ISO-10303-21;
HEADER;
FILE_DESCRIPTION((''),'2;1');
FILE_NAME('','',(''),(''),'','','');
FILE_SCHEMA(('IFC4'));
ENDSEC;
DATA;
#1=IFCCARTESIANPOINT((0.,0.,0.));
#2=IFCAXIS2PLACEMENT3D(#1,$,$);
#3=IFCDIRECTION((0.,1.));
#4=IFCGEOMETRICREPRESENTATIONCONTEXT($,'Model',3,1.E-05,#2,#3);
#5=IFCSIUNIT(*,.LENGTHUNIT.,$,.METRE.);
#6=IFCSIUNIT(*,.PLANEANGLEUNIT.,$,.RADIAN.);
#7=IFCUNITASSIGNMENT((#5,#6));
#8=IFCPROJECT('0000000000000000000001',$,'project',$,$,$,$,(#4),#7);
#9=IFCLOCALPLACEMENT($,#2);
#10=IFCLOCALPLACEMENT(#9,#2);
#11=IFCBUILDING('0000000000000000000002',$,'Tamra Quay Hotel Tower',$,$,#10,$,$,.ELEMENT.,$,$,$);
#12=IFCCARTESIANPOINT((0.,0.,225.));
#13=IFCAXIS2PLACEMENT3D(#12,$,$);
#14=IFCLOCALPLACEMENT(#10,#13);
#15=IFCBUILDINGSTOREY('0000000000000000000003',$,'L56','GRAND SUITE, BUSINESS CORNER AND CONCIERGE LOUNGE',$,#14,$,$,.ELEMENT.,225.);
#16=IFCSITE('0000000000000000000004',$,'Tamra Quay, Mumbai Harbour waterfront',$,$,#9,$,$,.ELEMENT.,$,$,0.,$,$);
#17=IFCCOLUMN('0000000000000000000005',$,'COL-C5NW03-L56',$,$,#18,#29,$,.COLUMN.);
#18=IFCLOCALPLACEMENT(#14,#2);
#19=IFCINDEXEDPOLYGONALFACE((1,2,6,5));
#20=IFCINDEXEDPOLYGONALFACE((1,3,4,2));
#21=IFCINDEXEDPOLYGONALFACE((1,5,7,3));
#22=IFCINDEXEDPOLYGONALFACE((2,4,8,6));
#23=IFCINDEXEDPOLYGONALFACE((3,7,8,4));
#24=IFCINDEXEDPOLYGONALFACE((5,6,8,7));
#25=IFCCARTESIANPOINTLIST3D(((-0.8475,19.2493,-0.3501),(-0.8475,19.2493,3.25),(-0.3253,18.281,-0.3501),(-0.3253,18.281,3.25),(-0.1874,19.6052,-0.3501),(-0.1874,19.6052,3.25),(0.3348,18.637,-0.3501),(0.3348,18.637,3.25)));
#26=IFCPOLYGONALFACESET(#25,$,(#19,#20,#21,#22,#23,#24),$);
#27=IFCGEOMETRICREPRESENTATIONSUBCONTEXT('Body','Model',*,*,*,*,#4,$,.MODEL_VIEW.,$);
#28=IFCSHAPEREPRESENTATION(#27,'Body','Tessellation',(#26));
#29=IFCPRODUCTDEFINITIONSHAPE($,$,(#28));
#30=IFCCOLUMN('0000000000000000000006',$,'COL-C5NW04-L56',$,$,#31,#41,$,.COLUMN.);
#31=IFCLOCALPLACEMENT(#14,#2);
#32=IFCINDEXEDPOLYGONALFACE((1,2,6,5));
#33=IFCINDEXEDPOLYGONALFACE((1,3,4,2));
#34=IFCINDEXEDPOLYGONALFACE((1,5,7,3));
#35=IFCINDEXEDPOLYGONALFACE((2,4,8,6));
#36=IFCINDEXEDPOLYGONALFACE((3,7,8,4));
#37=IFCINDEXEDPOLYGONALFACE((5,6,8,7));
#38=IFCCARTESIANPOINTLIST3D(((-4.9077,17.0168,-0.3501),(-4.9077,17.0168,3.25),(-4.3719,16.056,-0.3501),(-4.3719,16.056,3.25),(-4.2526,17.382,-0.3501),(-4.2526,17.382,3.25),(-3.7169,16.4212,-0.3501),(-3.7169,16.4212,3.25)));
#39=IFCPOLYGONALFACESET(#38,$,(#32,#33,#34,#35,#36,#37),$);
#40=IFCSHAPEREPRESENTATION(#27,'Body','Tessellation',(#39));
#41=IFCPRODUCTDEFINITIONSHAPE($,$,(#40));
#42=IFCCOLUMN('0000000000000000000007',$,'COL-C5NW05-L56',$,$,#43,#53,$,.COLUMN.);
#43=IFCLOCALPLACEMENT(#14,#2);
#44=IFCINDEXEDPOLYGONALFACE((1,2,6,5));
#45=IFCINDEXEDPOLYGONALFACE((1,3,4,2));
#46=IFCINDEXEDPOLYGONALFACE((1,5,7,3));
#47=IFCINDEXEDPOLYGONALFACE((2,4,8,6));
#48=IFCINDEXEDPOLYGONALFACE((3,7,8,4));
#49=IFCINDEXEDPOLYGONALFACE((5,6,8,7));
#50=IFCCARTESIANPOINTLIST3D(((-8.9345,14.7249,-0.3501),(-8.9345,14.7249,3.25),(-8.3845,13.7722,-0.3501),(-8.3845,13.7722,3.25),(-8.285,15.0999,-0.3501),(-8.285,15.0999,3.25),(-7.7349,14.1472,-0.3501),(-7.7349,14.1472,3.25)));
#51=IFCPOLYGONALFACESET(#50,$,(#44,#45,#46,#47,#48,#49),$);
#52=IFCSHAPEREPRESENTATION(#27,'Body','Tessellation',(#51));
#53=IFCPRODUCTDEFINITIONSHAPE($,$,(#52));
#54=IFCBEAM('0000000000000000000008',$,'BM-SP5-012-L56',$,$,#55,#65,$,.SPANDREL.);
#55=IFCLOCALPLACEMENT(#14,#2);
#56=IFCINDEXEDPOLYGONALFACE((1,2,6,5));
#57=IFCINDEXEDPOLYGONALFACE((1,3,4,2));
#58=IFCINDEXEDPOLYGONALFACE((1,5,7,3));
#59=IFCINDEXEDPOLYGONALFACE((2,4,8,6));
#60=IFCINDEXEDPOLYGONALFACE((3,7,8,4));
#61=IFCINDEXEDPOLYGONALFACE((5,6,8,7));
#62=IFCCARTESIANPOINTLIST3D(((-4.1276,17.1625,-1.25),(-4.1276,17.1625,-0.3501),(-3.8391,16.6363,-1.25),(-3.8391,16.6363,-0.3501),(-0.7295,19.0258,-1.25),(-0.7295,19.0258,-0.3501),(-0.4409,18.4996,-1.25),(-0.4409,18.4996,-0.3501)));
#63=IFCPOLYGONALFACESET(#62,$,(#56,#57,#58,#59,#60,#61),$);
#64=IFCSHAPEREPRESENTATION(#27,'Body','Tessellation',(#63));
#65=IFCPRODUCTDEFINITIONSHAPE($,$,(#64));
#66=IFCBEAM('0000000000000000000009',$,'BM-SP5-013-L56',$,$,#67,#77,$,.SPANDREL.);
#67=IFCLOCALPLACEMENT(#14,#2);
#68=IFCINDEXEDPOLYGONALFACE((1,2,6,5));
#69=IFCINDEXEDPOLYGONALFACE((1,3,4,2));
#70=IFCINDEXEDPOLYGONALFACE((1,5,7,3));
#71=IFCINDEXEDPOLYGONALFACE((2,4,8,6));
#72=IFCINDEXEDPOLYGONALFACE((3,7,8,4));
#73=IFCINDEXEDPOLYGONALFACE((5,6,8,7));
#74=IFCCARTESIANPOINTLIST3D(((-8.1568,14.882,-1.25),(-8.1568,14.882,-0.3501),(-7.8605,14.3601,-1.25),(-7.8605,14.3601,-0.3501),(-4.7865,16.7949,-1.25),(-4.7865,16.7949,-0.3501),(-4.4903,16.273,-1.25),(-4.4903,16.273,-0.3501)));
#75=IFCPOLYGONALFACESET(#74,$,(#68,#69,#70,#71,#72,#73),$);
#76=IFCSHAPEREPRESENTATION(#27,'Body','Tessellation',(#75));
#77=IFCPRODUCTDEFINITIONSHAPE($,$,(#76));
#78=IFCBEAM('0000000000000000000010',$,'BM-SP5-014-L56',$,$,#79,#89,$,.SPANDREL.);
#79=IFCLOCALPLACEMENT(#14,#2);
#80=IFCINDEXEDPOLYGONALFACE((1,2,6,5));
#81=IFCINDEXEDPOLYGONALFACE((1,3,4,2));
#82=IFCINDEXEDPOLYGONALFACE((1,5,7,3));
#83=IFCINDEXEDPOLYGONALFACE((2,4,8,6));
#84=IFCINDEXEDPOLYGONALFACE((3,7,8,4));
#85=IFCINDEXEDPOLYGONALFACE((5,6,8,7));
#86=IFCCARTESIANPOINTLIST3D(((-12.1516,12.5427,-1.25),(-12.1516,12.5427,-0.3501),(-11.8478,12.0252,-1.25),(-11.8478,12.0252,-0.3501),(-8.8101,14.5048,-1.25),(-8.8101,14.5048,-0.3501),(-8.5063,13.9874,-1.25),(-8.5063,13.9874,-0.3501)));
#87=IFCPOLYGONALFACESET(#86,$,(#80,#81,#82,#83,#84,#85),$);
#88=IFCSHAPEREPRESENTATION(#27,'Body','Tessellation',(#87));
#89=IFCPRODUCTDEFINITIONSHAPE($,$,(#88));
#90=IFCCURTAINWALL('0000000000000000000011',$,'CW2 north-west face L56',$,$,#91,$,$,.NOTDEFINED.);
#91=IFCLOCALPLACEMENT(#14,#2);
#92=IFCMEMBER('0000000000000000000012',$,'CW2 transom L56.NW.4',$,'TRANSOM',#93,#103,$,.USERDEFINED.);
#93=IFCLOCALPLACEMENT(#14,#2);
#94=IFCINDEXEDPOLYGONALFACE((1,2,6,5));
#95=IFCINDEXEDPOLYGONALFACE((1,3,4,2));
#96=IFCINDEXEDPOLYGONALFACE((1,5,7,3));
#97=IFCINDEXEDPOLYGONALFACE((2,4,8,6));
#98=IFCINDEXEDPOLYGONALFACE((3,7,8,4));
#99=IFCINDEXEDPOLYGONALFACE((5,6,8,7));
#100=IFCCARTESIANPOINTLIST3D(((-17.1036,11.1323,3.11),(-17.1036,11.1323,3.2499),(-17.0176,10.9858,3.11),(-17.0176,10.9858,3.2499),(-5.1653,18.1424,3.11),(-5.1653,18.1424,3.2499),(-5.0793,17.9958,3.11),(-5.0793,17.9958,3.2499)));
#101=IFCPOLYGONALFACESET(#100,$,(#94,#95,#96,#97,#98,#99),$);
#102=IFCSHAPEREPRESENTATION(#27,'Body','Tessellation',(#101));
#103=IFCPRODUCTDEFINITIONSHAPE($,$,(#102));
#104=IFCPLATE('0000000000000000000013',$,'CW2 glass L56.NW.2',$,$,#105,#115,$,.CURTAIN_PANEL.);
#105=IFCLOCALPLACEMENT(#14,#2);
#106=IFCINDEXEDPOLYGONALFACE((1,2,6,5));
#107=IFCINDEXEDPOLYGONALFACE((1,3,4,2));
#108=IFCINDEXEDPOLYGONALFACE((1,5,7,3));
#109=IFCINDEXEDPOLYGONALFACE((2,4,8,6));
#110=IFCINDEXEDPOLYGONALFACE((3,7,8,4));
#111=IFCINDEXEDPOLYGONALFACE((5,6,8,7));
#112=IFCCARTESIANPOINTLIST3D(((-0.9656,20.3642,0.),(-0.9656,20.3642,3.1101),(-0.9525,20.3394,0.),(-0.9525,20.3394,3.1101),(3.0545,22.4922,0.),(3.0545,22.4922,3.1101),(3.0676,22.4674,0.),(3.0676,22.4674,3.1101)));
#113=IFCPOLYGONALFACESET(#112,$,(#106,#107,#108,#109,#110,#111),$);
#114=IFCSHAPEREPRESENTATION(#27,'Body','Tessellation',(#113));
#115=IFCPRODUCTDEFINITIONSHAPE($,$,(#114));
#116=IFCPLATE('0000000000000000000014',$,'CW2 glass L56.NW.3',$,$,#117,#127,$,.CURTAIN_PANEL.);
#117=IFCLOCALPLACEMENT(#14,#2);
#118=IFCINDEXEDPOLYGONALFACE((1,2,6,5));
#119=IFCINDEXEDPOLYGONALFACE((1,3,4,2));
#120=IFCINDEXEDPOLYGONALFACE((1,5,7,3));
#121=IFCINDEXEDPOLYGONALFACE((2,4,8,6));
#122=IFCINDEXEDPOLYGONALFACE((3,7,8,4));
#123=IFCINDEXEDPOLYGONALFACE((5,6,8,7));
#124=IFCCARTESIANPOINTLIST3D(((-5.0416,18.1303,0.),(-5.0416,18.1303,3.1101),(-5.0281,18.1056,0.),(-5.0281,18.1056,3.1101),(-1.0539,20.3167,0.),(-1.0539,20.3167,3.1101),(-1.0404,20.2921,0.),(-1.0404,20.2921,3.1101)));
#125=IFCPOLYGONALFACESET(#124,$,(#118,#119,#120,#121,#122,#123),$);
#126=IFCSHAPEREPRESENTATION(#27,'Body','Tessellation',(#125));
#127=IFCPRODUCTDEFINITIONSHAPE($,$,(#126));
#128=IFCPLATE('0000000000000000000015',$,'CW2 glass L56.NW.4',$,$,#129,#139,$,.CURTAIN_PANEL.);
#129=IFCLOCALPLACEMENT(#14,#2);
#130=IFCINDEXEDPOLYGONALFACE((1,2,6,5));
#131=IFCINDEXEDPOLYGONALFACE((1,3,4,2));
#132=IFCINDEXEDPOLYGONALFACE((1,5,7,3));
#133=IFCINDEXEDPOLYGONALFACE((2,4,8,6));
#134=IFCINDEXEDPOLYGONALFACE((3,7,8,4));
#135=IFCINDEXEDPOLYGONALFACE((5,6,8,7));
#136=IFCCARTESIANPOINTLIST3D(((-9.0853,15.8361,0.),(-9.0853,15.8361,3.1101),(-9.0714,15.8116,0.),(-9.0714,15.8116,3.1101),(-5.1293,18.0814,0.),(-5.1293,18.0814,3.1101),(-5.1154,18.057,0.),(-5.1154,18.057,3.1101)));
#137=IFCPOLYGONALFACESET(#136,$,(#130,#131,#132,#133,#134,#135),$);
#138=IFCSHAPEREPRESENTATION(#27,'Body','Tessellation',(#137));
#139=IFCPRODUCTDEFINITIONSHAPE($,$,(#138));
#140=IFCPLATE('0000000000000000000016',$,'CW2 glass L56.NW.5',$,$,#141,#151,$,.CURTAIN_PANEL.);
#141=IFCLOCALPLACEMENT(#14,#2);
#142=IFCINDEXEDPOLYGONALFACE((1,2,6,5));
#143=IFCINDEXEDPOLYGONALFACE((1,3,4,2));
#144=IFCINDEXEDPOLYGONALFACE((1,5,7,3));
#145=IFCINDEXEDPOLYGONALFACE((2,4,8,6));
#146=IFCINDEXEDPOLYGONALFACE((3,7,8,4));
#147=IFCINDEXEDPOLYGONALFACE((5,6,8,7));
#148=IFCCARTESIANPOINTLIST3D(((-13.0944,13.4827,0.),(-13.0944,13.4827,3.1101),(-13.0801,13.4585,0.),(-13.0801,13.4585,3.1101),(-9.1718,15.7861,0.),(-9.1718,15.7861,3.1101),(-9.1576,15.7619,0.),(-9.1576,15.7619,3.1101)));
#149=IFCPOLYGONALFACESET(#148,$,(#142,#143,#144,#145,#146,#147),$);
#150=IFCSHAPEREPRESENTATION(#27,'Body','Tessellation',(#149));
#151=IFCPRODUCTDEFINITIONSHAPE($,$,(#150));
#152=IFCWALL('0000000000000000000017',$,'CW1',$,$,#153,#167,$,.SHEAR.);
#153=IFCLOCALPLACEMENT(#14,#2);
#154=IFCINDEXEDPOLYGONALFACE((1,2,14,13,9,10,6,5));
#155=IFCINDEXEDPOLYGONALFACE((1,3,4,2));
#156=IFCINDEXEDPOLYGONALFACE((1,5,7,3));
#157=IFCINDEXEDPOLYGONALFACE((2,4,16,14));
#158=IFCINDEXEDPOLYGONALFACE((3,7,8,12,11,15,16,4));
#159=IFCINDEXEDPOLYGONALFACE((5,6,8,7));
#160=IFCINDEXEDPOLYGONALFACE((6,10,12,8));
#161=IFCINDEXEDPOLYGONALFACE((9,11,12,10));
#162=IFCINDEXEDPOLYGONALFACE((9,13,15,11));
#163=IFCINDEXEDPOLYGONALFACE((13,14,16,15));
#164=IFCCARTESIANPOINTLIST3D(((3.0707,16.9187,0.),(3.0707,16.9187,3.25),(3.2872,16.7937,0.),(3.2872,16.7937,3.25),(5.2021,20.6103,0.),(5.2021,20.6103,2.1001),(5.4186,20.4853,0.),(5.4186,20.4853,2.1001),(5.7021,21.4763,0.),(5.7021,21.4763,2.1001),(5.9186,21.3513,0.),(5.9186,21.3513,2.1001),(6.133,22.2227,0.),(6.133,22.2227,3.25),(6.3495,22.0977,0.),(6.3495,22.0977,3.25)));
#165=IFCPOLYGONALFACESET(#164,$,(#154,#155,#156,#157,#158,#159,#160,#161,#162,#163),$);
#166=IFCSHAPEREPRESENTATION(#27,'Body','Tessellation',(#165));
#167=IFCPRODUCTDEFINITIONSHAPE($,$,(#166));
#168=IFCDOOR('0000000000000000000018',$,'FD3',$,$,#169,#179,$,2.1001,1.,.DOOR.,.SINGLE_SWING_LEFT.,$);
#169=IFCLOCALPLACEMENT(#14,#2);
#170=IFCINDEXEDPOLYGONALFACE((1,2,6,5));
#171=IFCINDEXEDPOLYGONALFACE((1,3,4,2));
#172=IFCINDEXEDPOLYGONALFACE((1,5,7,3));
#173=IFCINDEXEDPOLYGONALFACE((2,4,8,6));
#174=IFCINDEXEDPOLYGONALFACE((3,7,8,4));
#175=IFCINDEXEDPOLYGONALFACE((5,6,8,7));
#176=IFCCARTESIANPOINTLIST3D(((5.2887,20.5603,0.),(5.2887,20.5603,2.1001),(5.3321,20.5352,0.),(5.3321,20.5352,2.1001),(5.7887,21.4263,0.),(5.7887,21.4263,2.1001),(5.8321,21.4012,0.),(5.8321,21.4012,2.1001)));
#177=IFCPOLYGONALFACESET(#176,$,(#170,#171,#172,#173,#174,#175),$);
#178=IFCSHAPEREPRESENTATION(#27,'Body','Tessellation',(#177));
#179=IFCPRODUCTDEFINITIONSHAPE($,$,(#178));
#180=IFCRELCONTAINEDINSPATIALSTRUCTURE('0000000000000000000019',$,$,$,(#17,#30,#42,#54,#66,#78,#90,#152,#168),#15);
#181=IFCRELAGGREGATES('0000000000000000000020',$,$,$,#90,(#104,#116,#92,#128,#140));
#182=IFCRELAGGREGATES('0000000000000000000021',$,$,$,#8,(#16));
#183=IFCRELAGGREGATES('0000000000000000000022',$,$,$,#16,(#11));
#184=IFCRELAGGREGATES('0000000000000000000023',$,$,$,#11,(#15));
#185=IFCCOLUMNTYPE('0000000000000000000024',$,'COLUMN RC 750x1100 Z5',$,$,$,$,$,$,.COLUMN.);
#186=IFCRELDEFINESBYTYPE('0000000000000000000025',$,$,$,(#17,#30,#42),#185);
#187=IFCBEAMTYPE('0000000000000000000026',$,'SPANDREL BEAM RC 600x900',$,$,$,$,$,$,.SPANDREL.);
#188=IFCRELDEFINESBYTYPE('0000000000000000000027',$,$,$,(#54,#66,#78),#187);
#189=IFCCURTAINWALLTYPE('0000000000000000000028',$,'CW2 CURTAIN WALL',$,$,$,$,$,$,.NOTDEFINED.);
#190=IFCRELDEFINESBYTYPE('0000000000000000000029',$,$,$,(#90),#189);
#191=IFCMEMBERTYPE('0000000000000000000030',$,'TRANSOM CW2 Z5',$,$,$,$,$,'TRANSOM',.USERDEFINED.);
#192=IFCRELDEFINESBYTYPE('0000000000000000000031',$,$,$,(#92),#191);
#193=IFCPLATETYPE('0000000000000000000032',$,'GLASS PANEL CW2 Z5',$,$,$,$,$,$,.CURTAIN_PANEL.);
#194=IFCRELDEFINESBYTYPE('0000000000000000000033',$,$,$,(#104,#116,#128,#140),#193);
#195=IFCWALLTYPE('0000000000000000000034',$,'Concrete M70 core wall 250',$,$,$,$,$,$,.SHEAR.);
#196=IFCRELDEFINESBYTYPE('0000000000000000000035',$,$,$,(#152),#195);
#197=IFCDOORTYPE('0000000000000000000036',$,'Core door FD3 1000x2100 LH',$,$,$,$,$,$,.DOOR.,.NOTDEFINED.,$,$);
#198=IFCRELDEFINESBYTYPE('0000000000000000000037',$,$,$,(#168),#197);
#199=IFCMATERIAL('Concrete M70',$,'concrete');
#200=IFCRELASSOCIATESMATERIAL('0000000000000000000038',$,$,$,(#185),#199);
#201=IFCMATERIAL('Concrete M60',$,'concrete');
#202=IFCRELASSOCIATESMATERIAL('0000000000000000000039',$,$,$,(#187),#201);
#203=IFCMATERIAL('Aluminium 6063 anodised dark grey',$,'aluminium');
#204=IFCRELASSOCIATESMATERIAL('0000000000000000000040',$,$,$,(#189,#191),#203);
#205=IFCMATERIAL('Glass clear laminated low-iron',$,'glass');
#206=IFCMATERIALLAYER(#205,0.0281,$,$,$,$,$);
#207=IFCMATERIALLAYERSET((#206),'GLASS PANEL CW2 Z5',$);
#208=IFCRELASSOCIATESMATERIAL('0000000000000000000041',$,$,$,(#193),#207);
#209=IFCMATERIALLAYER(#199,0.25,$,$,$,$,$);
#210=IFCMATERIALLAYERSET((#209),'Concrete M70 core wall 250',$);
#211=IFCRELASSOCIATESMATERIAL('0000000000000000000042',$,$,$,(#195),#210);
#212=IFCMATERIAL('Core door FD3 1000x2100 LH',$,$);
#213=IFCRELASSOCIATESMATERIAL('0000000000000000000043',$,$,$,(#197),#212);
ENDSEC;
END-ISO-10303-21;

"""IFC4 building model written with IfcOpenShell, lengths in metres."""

from ifc_helpers import new_model, si_unit, direction, frame, frame_2d, origin, origin_2d, place, context, subcontext, project, spatial, rectangle, extrude, material, layer, layer_set, material_profile, profile_set, type_object, element, fill, aggregate, save


model = new_model("IFC4")

# Units and contexts
model_context = context("Model", 3, precision=1e-05, world=origin(), true_north=direction((0.0, 1.0)))
body_context = subcontext(model_context, "Body", "Model", "MODEL_VIEW")
ifc_project = project(units=[si_unit("LENGTHUNIT", "METRE"), si_unit("PLANEANGLEUNIT", "RADIAN")], contexts=[model_context])

# Site, building, storey
site_placement = place(None, origin())
site = spatial("IfcSite", under=ifc_project, at=site_placement, Name="Tamra Quay, Mumbai Harbour waterfront", CompositionType="ELEMENT", RefElevation=0.0)
building_placement = place(site_placement, origin())
building = spatial("IfcBuilding", under=site, at=building_placement, Name="Tamra Quay Hotel Tower", CompositionType="ELEMENT")
storey_placement = place(building_placement, frame((0.0, 0.0, 225.0)))
storey = spatial("IfcBuildingStorey", under=building, at=storey_placement, Name="L56", Description="GRAND SUITE, BUSINESS CORNER AND CONCIERGE LOUNGE", CompositionType="ELEMENT", Elevation=225.0)

# Columns
ifc_material_1 = material(Name="Concrete M70", Category="concrete")
ifc_material_profile_1 = material_profile(ifc_material_1, rectangle(XDim=1.1001, YDim=0.75, at=origin_2d()), Name="COLUMN RC 750x1100 Z5")
ifc_profile_set_1 = profile_set([ifc_material_profile_1], Name="Concrete M70")
column_type = type_object("IfcColumnType", Name="COLUMN RC 750x1100 Z5", PredefinedType="COLUMN", material=ifc_profile_set_1)
for number, where, z_axis, x_axis, name in (
    (1, (-0.2563, 18.9431, -0.3501), (0.0, 0.0, 1.0), (-0.474651, 0.880174, 0.0), "COL-C5NW03-L56"),
    (2, (-4.3123, 16.719, -0.3501), (0.0, 0.0, 1.0), (-0.486989, 0.873408, 0.0), "COL-C5NW04-L56"),
    (3, (-8.3347, 14.436, -0.3501), (0.0, 0.0, 1.0), (-0.5, 0.866025, 0.0), "COL-C5NW05-L56"),
):
    element("IfcColumn", number, at=place(storey_placement, frame(where, z_axis=z_axis, x_axis=x_axis)), inside=storey, type_object=column_type, Name=name, PredefinedType="COLUMN", context=body_context, shape_type="SweptSolid", body=[
        extrude(rectangle(XDim=1.1001, YDim=0.75, at=origin_2d()), origin(), (0.0, 0.0, 1.0), 3.6001),
    ])

# Beams
ifc_material_2 = material(Name="Concrete M60", Category="concrete")
ifc_material_profile_2 = material_profile(ifc_material_2, rectangle(XDim=0.6001, YDim=0.8999, at=origin_2d()), Name="SPANDREL BEAM RC 600x900")
ifc_profile_set_2 = profile_set([ifc_material_profile_2], Name="Concrete M60")
beam_type = type_object("IfcBeamType", Name="SPANDREL BEAM RC 600x900", PredefinedType="SPANDREL", material=ifc_profile_set_2)
beam_1_placement = place(storey_placement, frame((-0.5852, 18.7627, -0.8), z_axis=(-0.876839, -0.480784, 0.0), x_axis=(0.480784, -0.876839, 0.0)))
element("IfcBeam", 4, at=beam_1_placement, inside=storey, type_object=beam_type, Name="BM-SP5-012-L56", PredefinedType="SPANDREL", context=body_context, shape_type="SweptSolid", body=[
    extrude(rectangle(XDim=0.6001, YDim=0.8999, at=origin_2d()), origin(), (0.0, 0.0, 1.0), 3.8755),
])
beam_2_placement = place(storey_placement, frame((-4.6384, 16.5339, -0.8), z_axis=(-0.869678, -0.49362, 0.0), x_axis=(0.49362, -0.869678, 0.0)))
element("IfcBeam", 5, at=beam_2_placement, inside=storey, type_object=beam_type, Name="BM-SP5-013-L56", PredefinedType="SPANDREL", context=body_context, shape_type="SweptSolid", body=[
    extrude(rectangle(XDim=0.6001, YDim=0.8999, at=origin_2d()), origin(), (0.0, 0.0, 1.0), 3.8752),
])
beam_3_placement = place(storey_placement, frame((-8.6582, 14.2461, -0.8), z_axis=(-0.862324, -0.506356, 0.0), x_axis=(0.506356, -0.862324, 0.0)))
element("IfcBeam", 6, at=beam_3_placement, inside=storey, type_object=beam_type, Name="BM-SP5-014-L56", PredefinedType="SPANDREL", context=body_context, shape_type="SweptSolid", body=[
    extrude(rectangle(XDim=0.6001, YDim=0.8999, at=origin_2d()), origin(), (0.0, 0.0, 1.0), 3.875),
])

# Curtain wall, member, plates
ifc_material_3 = material(Name="Aluminium 6063 anodised dark grey", Category="aluminium")
curtain_wall_type = type_object("IfcCurtainWallType", Name="CW2 CURTAIN WALL", PredefinedType="NOTDEFINED", material=ifc_material_3)
curtain_wall_placement = place(storey_placement, origin())
curtain_wall = element("IfcCurtainWall", 7, at=curtain_wall_placement, inside=storey, type_object=curtain_wall_type, Name="CW2 north-west face L56", PredefinedType="NOTDEFINED")
ifc_material_profile_3 = material_profile(ifc_material_3, rectangle(XDim=0.1699, YDim=0.1399, at=origin_2d()), Name="TRANSOM 170X140")
ifc_profile_set_3 = profile_set([ifc_material_profile_3], Name="Aluminium 6063 anodised dark grey")
member_type = type_object("IfcMemberType", Name="TRANSOM CW2 Z5", ElementType="TRANSOM", PredefinedType="USERDEFINED", material=ifc_profile_set_3)
member_placement = place(storey_placement, frame((-5.1223, 18.0691, 3.1799), z_axis=(-0.862328, -0.50635, 0.0), x_axis=(0.50635, -0.862328, 0.0)))
member = element("IfcMember", 8, at=member_placement, type_object=member_type, Name="CW2 transom L56.NW.4", ObjectType="TRANSOM", PredefinedType="USERDEFINED", context=body_context, shape_type="SweptSolid", body=[
    extrude(rectangle(XDim=0.1699, YDim=0.1399, at=origin_2d()), origin(), (0.0, 0.0, 1.0), 13.8442),
])
ifc_material_4 = material(Name="Glass clear laminated low-iron", Category="glass")
ifc_layer_1 = layer(ifc_material_4, 0.0281)
ifc_layer_set_1 = layer_set([ifc_layer_1], Name="GLASS PANEL CW2 Z5")
plate_type = type_object("IfcPlateType", Name="GLASS PANEL CW2 Z5", PredefinedType="CURTAIN_PANEL", material=ifc_layer_set_1)
plate_1_placement = place(storey_placement, frame((1.051, 21.4158, 0.0), z_axis=(0.0, 0.0, 1.0), x_axis=(-0.883813, -0.467841, 0.0)))
plate_1 = element("IfcPlate", 9, at=plate_1_placement, type_object=plate_type, Name="CW2 glass L56.NW.2", PredefinedType="CURTAIN_PANEL", context=body_context, shape_type="SweptSolid", body=[
    extrude(rectangle(XDim=4.5486, YDim=0.0281, at=origin_2d()), origin(), (0.0, 0.0, 1.0), 3.1101),
])
plate_2_placement = place(storey_placement, frame((-3.041, 19.2112, 0.0), z_axis=(0.0, 0.0, 1.0), x_axis=(-0.876846, -0.480771, 0.0)))
plate_2 = element("IfcPlate", 10, at=plate_2_placement, type_object=plate_type, Name="CW2 glass L56.NW.3", PredefinedType="CURTAIN_PANEL", context=body_context, shape_type="SweptSolid", body=[
    extrude(rectangle(XDim=4.5479, YDim=0.0281, at=origin_2d()), origin(), (0.0, 0.0, 1.0), 3.1101),
])
plate_3_placement = place(storey_placement, frame((-7.1003, 16.9465, 0.0), z_axis=(0.0, 0.0, 1.0), x_axis=(-0.869683, -0.493611, 0.0)))
plate_3 = element("IfcPlate", 11, at=plate_3_placement, type_object=plate_type, Name="CW2 glass L56.NW.4", PredefinedType="CURTAIN_PANEL", context=body_context, shape_type="SweptSolid", body=[
    extrude(rectangle(XDim=4.5488, YDim=0.0281, at=origin_2d()), origin(), (0.0, 0.0, 1.0), 3.1101),
])
plate_4_placement = place(storey_placement, frame((-11.126, 14.6223, 0.0), z_axis=(0.0, 0.0, 1.0), x_axis=(-0.862321, -0.506362, 0.0)))
plate_4 = element("IfcPlate", 12, at=plate_4_placement, type_object=plate_type, Name="CW2 glass L56.NW.5", PredefinedType="CURTAIN_PANEL", context=body_context, shape_type="SweptSolid", body=[
    extrude(rectangle(XDim=4.5488, YDim=0.0281, at=origin_2d()), origin(), (0.0, 0.0, 1.0), 3.1101),
])
aggregate(curtain_wall, [plate_1, plate_2, member, plate_3, plate_4])

# Wall, opening, door
ifc_layer_2 = layer(ifc_material_1, 0.25)
ifc_layer_set_2 = layer_set([ifc_layer_2], Name="Concrete M70 core wall 250")
wall_type_1 = type_object("IfcWallType", Name="Concrete M70 core wall 250", PredefinedType="SHEAR", material=ifc_layer_set_2)
wall_1_placement = place(storey_placement, frame((3.179, 16.8562, 0.0), z_axis=(0.0, 0.0, 1.0), x_axis=(0.500002, 0.866024, 0.0)))
wall_1 = element("IfcWall", 13, at=wall_1_placement, inside=storey, type_object=wall_type_1, Name="CW1", PredefinedType="SHEAR", context=body_context, shape_type="SweptSolid", body=[
    extrude(rectangle(XDim=6.1245, YDim=0.25, at=frame_2d((3.0623, 0.0))), origin(), (0.0, 0.0, 1.0), 3.25),
])
opening_1_placement = place(wall_1_placement, frame((4.2627, 0.0, 0.0)))
opening_1 = element("IfcOpeningElement", 14, at=opening_1_placement, cuts=wall_1, PredefinedType="OPENING", context=body_context, shape_type="SweptSolid", body=[
    extrude(rectangle(XDim=1.0, YDim=2.1001, at=frame_2d((0.5, 1.05))), frame((0.0, 0.135, 0.0), z_axis=(0.0, -1.0, 0.0), x_axis=(1.0, 0.0, 0.0)), (0.0, 0.0, 1.0), 0.27),
])
ifc_material_5 = material(Name="Core door FD3 1000x2100 LH")
door_type_1 = type_object("IfcDoorType", Name="Core door FD3 1000x2100 LH", OperationType="NOTDEFINED", PredefinedType="DOOR", material=ifc_material_5)
door_1_placement = place(opening_1_placement, origin())
door_1 = element("IfcDoor", 15, at=door_1_placement, inside=storey, type_object=door_type_1, Name="FD3", OperationType="SINGLE_SWING_LEFT", OverallHeight=2.1001, OverallWidth=1.0, PredefinedType="DOOR", context=body_context, shape_type="SweptSolid", body=[
    extrude(rectangle(XDim=1.0, YDim=2.1001, at=frame_2d((0.5, 1.05))), frame((0.0, 0.0249, 0.0), z_axis=(0.0, -1.0, 0.0), x_axis=(1.0, 0.0, 0.0)), (0.0, 0.0, 1.0), 0.05),
])
fill(opening_1, door_1)

save(model, "model.ifc")
